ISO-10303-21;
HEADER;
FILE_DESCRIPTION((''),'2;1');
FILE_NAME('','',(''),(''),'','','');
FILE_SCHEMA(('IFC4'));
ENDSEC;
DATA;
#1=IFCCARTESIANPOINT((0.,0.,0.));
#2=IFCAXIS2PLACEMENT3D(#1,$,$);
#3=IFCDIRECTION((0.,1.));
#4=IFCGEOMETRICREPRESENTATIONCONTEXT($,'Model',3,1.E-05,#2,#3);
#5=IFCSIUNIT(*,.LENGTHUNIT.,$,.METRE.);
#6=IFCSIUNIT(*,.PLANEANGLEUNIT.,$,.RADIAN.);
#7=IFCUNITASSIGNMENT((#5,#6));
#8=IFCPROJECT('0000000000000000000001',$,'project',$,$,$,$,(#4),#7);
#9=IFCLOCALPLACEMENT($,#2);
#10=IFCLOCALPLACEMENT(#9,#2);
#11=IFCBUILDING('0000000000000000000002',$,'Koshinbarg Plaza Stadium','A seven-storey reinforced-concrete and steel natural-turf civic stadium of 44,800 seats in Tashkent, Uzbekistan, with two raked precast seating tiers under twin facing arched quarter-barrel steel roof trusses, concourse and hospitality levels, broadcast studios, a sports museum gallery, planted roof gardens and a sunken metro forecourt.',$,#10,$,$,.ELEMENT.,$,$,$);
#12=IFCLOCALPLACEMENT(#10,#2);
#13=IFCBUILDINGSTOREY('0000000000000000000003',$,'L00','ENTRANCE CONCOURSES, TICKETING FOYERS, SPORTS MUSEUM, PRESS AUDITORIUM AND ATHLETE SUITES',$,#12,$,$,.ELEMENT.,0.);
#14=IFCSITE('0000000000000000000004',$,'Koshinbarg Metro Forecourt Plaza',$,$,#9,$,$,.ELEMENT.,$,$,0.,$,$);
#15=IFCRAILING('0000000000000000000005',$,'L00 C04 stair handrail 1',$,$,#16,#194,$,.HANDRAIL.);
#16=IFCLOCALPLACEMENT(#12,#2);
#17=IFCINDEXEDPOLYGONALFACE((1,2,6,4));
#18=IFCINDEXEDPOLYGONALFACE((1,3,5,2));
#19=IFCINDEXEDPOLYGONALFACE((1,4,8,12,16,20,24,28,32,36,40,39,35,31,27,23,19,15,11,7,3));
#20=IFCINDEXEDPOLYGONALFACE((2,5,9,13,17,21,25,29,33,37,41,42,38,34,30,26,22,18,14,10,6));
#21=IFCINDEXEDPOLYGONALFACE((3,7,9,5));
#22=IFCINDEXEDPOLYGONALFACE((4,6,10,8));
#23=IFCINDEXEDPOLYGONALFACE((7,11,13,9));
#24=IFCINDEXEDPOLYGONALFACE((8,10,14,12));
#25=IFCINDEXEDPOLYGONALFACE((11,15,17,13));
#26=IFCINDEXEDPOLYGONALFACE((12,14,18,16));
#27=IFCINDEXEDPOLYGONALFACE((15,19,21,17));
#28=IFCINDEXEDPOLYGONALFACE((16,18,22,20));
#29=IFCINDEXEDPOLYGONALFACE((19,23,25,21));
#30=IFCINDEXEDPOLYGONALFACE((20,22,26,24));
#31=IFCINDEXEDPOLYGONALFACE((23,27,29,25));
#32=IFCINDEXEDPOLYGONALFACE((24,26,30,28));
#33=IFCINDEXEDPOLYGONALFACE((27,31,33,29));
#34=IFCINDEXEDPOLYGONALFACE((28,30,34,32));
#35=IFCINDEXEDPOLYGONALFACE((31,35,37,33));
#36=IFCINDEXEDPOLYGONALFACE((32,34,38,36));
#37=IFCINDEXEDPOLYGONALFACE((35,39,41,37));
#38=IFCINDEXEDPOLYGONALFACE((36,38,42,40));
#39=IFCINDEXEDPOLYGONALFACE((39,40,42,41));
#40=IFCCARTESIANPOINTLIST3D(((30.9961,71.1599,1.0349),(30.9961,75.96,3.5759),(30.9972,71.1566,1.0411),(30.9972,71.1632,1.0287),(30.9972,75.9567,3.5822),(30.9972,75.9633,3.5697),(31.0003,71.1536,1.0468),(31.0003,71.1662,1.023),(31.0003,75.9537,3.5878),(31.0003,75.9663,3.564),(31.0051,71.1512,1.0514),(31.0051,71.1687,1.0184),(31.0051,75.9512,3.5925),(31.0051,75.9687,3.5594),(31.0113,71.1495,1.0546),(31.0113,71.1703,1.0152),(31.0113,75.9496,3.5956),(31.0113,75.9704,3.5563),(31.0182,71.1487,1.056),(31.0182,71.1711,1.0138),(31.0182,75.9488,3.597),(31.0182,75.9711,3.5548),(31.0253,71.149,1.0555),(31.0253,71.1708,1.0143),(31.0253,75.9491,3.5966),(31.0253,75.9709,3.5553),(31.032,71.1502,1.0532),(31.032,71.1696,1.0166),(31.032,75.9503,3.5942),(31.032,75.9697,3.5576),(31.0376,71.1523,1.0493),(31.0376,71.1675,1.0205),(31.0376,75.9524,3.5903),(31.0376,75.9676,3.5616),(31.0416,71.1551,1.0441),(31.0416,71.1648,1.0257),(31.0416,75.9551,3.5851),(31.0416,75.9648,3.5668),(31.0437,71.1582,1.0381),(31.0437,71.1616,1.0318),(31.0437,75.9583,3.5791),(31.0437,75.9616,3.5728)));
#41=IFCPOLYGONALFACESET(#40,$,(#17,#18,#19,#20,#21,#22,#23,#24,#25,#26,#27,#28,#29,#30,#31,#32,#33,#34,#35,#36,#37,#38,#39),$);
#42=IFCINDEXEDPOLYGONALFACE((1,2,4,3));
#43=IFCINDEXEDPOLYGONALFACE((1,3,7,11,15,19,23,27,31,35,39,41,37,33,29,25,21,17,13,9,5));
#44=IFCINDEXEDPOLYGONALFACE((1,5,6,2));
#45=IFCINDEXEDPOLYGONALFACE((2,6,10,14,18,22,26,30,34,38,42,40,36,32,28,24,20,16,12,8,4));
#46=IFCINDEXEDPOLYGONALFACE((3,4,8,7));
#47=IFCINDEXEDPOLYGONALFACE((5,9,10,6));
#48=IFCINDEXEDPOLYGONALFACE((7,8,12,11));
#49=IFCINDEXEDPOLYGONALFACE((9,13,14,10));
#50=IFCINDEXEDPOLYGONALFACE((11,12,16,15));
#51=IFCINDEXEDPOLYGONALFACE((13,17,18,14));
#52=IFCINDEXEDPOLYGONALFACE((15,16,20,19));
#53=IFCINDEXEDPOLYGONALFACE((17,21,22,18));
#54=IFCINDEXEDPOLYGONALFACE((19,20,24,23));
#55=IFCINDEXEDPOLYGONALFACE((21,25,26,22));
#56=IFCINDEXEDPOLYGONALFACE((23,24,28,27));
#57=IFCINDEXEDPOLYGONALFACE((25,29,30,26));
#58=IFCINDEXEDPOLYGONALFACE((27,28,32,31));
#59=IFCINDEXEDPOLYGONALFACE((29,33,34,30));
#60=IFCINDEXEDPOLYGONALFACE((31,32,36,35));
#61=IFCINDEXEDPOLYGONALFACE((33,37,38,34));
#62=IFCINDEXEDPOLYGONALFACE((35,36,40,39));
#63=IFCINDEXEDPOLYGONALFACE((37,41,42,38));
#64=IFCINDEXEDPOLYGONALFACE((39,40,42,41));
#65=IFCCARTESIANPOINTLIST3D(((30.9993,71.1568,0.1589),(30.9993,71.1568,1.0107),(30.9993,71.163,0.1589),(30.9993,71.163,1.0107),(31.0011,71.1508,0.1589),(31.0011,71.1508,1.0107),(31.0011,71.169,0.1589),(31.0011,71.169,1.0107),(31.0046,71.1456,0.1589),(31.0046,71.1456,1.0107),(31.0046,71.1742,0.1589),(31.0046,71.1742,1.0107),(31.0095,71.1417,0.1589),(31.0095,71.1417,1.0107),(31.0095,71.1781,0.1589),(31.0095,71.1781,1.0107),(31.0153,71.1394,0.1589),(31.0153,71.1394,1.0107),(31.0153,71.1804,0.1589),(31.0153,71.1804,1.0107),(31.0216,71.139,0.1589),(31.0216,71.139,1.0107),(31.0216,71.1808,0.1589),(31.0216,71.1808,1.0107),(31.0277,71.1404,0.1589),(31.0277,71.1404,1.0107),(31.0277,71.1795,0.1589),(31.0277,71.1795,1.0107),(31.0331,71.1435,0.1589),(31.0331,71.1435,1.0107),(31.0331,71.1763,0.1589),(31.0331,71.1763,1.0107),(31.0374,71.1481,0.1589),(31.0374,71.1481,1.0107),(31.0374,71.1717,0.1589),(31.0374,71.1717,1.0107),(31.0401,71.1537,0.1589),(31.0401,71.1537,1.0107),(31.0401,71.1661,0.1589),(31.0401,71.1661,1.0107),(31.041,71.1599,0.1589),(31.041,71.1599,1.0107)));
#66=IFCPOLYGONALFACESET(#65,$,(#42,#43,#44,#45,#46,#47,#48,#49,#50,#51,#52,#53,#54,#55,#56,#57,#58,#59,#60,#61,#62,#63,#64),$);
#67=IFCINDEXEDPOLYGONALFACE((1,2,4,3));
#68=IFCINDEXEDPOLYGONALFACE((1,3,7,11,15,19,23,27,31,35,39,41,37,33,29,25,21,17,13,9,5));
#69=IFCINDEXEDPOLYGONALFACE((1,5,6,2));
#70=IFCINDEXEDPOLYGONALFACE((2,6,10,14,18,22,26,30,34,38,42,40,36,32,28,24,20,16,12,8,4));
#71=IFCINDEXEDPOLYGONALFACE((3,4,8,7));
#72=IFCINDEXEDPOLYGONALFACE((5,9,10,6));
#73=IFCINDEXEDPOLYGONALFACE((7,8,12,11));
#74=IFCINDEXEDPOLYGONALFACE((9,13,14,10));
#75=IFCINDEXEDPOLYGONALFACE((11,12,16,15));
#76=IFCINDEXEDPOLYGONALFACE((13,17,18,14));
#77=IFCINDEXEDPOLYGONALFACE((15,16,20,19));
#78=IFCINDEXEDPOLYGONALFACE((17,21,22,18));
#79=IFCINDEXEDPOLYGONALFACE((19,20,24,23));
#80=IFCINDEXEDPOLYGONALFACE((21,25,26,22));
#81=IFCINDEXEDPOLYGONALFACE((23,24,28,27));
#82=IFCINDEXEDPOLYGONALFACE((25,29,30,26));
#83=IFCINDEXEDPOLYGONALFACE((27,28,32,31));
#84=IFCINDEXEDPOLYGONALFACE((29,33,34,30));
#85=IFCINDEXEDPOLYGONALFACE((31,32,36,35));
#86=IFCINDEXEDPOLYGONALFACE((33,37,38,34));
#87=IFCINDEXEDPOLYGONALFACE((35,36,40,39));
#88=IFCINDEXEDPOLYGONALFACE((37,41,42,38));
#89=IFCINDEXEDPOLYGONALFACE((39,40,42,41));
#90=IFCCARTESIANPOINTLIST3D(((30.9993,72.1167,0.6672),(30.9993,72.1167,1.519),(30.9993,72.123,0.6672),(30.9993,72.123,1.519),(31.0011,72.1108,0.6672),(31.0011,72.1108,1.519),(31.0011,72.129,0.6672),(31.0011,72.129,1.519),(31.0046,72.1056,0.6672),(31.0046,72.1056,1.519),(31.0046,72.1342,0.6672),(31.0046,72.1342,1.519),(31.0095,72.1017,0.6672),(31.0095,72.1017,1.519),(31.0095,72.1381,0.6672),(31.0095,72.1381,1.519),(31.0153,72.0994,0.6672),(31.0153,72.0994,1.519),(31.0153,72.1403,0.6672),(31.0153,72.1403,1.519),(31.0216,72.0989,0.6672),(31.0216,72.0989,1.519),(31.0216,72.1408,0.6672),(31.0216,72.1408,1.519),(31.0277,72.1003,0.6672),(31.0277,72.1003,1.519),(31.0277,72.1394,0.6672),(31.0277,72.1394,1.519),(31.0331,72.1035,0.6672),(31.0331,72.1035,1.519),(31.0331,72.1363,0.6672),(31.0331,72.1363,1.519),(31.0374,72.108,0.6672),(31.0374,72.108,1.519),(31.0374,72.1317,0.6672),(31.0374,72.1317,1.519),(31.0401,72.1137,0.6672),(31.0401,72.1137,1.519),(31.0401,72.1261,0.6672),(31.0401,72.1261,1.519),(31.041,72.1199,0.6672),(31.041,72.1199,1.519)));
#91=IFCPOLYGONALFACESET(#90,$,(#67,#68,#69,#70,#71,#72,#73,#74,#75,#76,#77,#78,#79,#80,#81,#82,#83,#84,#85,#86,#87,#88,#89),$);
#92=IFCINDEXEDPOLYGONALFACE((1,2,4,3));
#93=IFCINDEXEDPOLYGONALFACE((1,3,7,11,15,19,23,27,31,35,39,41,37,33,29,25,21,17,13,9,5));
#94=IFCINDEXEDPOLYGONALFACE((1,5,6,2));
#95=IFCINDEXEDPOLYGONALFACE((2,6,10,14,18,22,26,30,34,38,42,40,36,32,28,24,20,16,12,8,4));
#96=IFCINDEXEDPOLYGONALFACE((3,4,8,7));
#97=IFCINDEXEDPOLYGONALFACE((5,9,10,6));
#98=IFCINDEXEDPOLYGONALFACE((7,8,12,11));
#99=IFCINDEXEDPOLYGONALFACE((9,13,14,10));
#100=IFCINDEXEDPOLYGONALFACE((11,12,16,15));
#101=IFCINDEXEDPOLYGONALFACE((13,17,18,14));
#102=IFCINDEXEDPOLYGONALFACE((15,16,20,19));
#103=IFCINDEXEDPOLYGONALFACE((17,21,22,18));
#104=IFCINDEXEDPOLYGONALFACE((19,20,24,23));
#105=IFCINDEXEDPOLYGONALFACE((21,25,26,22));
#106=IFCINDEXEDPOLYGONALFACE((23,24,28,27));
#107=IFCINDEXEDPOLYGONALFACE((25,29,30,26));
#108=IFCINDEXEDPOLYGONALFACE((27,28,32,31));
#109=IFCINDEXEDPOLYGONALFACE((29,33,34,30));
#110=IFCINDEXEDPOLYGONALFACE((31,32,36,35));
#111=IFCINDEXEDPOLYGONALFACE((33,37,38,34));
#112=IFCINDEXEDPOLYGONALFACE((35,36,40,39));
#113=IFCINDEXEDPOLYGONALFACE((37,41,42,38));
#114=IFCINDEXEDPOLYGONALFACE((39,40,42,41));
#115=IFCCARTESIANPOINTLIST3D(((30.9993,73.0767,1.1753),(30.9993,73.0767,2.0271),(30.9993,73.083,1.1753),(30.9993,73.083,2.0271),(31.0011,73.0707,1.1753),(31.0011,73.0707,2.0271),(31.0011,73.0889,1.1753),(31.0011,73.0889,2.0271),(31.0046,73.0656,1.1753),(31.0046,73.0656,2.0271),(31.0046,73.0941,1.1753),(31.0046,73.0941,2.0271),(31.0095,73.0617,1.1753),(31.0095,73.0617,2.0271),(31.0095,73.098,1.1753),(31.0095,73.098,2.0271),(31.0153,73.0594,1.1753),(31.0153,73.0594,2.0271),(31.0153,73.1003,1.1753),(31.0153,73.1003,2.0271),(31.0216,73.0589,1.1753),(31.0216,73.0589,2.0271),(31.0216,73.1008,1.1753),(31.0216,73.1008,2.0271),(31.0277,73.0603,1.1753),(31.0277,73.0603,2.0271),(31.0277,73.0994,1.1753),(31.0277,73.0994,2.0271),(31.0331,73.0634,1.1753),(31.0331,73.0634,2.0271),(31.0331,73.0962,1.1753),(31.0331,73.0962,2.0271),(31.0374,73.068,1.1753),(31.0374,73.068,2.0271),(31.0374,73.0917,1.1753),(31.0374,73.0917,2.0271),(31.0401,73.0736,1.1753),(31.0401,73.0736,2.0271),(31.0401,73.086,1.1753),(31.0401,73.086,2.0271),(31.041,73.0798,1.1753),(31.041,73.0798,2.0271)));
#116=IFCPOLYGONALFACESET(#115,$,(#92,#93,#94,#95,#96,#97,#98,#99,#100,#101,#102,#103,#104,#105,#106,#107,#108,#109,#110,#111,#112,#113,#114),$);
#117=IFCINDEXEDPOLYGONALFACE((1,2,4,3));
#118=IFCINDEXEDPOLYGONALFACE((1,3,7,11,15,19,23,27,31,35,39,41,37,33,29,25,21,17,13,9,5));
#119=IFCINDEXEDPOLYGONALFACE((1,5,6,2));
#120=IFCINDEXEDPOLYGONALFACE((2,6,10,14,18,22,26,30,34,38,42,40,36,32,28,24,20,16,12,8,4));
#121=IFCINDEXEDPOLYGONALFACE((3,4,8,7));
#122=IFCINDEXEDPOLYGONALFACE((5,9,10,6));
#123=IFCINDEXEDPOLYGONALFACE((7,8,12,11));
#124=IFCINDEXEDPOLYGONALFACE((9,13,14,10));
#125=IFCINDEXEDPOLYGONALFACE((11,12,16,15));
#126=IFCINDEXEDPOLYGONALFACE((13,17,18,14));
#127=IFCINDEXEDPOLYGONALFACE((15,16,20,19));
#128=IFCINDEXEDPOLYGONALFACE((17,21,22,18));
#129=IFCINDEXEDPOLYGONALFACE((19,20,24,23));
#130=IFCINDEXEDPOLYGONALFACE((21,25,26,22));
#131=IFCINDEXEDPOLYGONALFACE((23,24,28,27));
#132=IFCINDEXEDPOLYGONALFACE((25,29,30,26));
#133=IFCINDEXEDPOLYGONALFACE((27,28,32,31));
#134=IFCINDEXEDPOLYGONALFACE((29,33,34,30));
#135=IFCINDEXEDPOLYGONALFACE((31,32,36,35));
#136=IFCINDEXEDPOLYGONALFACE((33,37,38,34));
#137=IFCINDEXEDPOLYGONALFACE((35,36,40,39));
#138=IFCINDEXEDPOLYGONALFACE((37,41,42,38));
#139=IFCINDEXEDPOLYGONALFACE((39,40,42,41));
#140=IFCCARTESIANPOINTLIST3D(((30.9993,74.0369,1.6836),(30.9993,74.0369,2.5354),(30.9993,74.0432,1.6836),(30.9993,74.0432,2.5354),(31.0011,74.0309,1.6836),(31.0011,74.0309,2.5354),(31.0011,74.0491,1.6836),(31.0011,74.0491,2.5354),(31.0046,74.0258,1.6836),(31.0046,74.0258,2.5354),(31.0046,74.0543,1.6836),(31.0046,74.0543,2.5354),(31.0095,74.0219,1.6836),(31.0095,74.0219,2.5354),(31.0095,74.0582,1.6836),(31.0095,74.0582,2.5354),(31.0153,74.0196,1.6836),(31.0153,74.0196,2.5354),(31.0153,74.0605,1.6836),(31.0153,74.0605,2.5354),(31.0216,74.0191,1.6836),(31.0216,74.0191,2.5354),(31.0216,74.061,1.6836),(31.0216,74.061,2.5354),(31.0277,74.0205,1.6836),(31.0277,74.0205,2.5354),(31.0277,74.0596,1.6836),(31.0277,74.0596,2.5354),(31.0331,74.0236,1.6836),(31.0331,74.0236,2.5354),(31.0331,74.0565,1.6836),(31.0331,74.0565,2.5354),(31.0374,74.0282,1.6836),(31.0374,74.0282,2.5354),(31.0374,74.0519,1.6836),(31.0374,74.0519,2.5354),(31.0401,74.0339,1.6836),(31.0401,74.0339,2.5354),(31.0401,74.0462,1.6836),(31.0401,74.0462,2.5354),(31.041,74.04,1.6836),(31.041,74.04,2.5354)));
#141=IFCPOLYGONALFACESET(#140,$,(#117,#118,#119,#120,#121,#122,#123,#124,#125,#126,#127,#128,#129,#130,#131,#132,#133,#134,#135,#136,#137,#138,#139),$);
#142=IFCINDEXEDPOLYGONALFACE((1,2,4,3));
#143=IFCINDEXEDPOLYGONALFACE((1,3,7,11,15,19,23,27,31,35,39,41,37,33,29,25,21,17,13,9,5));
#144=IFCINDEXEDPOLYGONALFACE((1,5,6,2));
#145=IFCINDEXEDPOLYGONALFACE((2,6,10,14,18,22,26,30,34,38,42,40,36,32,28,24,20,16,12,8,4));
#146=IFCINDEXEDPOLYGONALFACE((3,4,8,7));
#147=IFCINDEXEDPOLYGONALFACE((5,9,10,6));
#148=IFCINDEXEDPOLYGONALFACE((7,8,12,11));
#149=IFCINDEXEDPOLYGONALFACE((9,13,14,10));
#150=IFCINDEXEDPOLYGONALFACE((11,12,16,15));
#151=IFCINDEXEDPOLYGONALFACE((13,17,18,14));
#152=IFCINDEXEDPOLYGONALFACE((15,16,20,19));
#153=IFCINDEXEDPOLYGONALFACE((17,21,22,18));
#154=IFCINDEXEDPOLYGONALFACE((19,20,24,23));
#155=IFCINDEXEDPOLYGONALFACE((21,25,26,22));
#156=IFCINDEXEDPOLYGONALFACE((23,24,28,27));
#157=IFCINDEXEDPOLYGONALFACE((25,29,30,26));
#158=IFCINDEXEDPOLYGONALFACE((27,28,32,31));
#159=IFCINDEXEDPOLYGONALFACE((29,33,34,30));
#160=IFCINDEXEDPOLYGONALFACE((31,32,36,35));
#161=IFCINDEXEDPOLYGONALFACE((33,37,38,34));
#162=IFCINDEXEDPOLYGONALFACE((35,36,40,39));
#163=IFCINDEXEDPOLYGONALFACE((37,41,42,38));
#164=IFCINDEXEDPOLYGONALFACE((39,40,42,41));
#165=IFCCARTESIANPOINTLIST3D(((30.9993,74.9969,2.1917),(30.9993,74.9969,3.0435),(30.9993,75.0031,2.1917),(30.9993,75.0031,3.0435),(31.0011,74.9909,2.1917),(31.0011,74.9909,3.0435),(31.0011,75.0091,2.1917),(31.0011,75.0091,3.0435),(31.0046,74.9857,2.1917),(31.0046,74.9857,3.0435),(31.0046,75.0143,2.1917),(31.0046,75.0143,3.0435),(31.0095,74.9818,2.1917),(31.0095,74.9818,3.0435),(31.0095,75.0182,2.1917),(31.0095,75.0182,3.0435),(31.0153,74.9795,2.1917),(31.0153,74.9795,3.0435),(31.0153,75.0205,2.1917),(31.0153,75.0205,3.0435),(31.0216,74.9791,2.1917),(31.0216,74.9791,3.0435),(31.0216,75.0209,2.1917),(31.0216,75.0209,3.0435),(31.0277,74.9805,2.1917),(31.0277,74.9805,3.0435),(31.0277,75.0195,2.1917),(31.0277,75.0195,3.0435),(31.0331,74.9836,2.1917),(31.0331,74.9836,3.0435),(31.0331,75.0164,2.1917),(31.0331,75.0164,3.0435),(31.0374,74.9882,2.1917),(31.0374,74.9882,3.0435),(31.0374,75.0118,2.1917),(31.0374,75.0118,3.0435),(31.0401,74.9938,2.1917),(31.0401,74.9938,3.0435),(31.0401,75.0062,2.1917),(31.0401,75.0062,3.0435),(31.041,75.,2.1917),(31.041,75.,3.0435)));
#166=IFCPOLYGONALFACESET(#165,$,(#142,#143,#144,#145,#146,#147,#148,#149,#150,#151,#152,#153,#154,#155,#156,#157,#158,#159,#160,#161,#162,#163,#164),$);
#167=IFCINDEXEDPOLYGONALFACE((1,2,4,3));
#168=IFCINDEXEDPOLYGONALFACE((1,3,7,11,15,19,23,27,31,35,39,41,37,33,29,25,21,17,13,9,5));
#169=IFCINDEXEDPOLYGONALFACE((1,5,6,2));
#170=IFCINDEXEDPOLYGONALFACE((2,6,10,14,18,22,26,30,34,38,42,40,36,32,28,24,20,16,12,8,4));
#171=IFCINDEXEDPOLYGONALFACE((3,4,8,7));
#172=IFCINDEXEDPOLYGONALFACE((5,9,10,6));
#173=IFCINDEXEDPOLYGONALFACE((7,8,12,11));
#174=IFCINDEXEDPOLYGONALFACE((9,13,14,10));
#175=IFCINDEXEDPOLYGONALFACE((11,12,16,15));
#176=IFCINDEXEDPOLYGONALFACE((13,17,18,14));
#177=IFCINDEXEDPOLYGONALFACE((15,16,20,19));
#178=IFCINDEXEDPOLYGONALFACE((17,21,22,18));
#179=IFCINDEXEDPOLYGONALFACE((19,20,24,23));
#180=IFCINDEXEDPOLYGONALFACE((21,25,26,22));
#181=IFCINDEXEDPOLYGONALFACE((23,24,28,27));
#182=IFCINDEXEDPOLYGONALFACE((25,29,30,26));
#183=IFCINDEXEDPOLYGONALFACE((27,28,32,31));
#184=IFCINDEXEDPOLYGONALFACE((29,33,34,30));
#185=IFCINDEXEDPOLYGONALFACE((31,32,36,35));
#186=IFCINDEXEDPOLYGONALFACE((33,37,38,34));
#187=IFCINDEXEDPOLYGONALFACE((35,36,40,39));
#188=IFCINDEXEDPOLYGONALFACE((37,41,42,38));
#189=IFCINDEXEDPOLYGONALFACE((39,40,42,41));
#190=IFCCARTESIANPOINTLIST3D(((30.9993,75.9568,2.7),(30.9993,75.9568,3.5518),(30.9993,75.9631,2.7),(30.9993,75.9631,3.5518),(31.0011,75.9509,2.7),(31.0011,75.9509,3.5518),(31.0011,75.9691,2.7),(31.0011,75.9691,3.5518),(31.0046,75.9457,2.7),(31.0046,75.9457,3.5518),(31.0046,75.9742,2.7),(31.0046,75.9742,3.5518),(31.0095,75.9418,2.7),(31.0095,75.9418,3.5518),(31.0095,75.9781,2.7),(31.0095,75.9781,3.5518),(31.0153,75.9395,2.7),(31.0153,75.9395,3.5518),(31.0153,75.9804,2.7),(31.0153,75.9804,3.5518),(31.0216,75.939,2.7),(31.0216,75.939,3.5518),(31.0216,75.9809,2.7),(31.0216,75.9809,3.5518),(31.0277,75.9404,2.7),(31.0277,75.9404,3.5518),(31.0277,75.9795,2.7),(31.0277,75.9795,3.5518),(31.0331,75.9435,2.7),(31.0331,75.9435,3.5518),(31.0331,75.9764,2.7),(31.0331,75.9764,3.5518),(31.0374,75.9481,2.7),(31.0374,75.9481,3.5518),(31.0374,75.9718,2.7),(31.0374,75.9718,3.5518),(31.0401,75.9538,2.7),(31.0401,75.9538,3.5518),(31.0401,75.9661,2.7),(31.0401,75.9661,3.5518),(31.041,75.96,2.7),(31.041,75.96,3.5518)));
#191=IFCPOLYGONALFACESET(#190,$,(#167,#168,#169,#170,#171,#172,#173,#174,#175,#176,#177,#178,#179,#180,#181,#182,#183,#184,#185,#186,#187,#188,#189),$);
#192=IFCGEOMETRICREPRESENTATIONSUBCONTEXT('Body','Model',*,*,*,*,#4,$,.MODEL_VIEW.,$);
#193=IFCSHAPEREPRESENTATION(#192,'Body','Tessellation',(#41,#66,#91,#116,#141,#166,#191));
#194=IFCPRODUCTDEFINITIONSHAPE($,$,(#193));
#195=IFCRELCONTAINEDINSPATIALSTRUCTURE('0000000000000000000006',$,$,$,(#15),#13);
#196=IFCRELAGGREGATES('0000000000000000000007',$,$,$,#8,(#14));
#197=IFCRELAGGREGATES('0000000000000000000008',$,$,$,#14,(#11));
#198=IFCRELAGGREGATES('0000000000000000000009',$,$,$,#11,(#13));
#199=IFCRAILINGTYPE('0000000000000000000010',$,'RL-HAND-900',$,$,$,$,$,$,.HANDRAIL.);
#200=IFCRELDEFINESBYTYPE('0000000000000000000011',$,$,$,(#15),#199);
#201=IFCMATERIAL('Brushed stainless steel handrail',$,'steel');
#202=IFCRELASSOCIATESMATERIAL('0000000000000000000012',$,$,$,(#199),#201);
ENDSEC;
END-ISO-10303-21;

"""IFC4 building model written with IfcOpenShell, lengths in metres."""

from ifc_helpers import new_model, si_unit, direction, frame, origin, origin_2d, place, context, subcontext, project, spatial, circle, extrude, material, type_object, element, save


model = new_model("IFC4")

# Units and contexts
model_context = context("Model", 3, precision=1e-05, world=origin(), true_north=direction((0.0, 1.0)))
body_context = subcontext(model_context, "Body", "Model", "MODEL_VIEW")
ifc_project = project(units=[si_unit("LENGTHUNIT", "METRE"), si_unit("PLANEANGLEUNIT", "RADIAN")], contexts=[model_context])

# Site, building, storey
site_placement = place(None, origin())
site = spatial("IfcSite", under=ifc_project, at=site_placement, Name="Koshinbarg Metro Forecourt Plaza", CompositionType="ELEMENT", RefElevation=0.0)
building_placement = place(site_placement, origin())
building = spatial("IfcBuilding", under=site, at=building_placement, Name="Koshinbarg Plaza Stadium", Description="A seven-storey reinforced-concrete and steel natural-turf civic stadium of 44,800 seats in Tashkent, Uzbekistan, with two raked precast seating tiers under twin facing arched quarter-barrel steel roof trusses, concourse and hospitality levels, broadcast studios, a sports museum gallery, planted roof gardens and a sunken metro forecourt.", CompositionType="ELEMENT")
storey_placement = place(building_placement, origin())
storey = spatial("IfcBuildingStorey", under=building, at=storey_placement, Name="L00", Description="ENTRANCE CONCOURSES, TICKETING FOYERS, SPORTS MUSEUM, PRESS AUDITORIUM AND ATHLETE SUITES", CompositionType="ELEMENT", Elevation=0.0)

# Railing
ifc_material_1 = material(Name="Brushed stainless steel handrail", Category="steel")
railing_type_1 = type_object("IfcRailingType", Name="RL-HAND-900", PredefinedType="HANDRAIL", material=ifc_material_1)
railing_1_placement = place(storey_placement, frame((31.02, 71.1599, 0.1589)))
element("IfcRailing", 1, at=railing_1_placement, inside=storey, type_object=railing_type_1, Name="L00 C04 stair handrail 1", PredefinedType="HANDRAIL", context=body_context, shape_type="SweptSolid", body=[
    extrude(circle(Radius=0.0239, at=origin_2d()), frame((0.0, 0.0, 0.876), z_axis=(0.0, 0.883802, 0.467861), x_axis=(-1.0, 0.0, 0.0)), (0.0, 0.0, 1.0), 5.4312),
    extrude(circle(Radius=0.021, at=origin_2d()), origin(), (0.0, 0.0, 1.0), 0.8518),
    extrude(circle(Radius=0.021, at=origin_2d()), frame((0.0, 0.96, 0.5083)), (0.0, 0.0, 1.0), 0.8518),
    extrude(circle(Radius=0.021, at=origin_2d()), frame((0.0, 1.9199, 1.0164)), (0.0, 0.0, 1.0), 0.8518),
    extrude(circle(Radius=0.021, at=origin_2d()), frame((0.0, 2.8801, 1.5247)), (0.0, 0.0, 1.0), 0.8518),
    extrude(circle(Radius=0.021, at=origin_2d()), frame((0.0, 3.8401, 2.0327)), (0.0, 0.0, 1.0), 0.8518),
    extrude(circle(Radius=0.021, at=origin_2d()), frame((0.0, 4.8, 2.541)), (0.0, 0.0, 1.0), 0.8518),
])

save(model, "model.ifc")
